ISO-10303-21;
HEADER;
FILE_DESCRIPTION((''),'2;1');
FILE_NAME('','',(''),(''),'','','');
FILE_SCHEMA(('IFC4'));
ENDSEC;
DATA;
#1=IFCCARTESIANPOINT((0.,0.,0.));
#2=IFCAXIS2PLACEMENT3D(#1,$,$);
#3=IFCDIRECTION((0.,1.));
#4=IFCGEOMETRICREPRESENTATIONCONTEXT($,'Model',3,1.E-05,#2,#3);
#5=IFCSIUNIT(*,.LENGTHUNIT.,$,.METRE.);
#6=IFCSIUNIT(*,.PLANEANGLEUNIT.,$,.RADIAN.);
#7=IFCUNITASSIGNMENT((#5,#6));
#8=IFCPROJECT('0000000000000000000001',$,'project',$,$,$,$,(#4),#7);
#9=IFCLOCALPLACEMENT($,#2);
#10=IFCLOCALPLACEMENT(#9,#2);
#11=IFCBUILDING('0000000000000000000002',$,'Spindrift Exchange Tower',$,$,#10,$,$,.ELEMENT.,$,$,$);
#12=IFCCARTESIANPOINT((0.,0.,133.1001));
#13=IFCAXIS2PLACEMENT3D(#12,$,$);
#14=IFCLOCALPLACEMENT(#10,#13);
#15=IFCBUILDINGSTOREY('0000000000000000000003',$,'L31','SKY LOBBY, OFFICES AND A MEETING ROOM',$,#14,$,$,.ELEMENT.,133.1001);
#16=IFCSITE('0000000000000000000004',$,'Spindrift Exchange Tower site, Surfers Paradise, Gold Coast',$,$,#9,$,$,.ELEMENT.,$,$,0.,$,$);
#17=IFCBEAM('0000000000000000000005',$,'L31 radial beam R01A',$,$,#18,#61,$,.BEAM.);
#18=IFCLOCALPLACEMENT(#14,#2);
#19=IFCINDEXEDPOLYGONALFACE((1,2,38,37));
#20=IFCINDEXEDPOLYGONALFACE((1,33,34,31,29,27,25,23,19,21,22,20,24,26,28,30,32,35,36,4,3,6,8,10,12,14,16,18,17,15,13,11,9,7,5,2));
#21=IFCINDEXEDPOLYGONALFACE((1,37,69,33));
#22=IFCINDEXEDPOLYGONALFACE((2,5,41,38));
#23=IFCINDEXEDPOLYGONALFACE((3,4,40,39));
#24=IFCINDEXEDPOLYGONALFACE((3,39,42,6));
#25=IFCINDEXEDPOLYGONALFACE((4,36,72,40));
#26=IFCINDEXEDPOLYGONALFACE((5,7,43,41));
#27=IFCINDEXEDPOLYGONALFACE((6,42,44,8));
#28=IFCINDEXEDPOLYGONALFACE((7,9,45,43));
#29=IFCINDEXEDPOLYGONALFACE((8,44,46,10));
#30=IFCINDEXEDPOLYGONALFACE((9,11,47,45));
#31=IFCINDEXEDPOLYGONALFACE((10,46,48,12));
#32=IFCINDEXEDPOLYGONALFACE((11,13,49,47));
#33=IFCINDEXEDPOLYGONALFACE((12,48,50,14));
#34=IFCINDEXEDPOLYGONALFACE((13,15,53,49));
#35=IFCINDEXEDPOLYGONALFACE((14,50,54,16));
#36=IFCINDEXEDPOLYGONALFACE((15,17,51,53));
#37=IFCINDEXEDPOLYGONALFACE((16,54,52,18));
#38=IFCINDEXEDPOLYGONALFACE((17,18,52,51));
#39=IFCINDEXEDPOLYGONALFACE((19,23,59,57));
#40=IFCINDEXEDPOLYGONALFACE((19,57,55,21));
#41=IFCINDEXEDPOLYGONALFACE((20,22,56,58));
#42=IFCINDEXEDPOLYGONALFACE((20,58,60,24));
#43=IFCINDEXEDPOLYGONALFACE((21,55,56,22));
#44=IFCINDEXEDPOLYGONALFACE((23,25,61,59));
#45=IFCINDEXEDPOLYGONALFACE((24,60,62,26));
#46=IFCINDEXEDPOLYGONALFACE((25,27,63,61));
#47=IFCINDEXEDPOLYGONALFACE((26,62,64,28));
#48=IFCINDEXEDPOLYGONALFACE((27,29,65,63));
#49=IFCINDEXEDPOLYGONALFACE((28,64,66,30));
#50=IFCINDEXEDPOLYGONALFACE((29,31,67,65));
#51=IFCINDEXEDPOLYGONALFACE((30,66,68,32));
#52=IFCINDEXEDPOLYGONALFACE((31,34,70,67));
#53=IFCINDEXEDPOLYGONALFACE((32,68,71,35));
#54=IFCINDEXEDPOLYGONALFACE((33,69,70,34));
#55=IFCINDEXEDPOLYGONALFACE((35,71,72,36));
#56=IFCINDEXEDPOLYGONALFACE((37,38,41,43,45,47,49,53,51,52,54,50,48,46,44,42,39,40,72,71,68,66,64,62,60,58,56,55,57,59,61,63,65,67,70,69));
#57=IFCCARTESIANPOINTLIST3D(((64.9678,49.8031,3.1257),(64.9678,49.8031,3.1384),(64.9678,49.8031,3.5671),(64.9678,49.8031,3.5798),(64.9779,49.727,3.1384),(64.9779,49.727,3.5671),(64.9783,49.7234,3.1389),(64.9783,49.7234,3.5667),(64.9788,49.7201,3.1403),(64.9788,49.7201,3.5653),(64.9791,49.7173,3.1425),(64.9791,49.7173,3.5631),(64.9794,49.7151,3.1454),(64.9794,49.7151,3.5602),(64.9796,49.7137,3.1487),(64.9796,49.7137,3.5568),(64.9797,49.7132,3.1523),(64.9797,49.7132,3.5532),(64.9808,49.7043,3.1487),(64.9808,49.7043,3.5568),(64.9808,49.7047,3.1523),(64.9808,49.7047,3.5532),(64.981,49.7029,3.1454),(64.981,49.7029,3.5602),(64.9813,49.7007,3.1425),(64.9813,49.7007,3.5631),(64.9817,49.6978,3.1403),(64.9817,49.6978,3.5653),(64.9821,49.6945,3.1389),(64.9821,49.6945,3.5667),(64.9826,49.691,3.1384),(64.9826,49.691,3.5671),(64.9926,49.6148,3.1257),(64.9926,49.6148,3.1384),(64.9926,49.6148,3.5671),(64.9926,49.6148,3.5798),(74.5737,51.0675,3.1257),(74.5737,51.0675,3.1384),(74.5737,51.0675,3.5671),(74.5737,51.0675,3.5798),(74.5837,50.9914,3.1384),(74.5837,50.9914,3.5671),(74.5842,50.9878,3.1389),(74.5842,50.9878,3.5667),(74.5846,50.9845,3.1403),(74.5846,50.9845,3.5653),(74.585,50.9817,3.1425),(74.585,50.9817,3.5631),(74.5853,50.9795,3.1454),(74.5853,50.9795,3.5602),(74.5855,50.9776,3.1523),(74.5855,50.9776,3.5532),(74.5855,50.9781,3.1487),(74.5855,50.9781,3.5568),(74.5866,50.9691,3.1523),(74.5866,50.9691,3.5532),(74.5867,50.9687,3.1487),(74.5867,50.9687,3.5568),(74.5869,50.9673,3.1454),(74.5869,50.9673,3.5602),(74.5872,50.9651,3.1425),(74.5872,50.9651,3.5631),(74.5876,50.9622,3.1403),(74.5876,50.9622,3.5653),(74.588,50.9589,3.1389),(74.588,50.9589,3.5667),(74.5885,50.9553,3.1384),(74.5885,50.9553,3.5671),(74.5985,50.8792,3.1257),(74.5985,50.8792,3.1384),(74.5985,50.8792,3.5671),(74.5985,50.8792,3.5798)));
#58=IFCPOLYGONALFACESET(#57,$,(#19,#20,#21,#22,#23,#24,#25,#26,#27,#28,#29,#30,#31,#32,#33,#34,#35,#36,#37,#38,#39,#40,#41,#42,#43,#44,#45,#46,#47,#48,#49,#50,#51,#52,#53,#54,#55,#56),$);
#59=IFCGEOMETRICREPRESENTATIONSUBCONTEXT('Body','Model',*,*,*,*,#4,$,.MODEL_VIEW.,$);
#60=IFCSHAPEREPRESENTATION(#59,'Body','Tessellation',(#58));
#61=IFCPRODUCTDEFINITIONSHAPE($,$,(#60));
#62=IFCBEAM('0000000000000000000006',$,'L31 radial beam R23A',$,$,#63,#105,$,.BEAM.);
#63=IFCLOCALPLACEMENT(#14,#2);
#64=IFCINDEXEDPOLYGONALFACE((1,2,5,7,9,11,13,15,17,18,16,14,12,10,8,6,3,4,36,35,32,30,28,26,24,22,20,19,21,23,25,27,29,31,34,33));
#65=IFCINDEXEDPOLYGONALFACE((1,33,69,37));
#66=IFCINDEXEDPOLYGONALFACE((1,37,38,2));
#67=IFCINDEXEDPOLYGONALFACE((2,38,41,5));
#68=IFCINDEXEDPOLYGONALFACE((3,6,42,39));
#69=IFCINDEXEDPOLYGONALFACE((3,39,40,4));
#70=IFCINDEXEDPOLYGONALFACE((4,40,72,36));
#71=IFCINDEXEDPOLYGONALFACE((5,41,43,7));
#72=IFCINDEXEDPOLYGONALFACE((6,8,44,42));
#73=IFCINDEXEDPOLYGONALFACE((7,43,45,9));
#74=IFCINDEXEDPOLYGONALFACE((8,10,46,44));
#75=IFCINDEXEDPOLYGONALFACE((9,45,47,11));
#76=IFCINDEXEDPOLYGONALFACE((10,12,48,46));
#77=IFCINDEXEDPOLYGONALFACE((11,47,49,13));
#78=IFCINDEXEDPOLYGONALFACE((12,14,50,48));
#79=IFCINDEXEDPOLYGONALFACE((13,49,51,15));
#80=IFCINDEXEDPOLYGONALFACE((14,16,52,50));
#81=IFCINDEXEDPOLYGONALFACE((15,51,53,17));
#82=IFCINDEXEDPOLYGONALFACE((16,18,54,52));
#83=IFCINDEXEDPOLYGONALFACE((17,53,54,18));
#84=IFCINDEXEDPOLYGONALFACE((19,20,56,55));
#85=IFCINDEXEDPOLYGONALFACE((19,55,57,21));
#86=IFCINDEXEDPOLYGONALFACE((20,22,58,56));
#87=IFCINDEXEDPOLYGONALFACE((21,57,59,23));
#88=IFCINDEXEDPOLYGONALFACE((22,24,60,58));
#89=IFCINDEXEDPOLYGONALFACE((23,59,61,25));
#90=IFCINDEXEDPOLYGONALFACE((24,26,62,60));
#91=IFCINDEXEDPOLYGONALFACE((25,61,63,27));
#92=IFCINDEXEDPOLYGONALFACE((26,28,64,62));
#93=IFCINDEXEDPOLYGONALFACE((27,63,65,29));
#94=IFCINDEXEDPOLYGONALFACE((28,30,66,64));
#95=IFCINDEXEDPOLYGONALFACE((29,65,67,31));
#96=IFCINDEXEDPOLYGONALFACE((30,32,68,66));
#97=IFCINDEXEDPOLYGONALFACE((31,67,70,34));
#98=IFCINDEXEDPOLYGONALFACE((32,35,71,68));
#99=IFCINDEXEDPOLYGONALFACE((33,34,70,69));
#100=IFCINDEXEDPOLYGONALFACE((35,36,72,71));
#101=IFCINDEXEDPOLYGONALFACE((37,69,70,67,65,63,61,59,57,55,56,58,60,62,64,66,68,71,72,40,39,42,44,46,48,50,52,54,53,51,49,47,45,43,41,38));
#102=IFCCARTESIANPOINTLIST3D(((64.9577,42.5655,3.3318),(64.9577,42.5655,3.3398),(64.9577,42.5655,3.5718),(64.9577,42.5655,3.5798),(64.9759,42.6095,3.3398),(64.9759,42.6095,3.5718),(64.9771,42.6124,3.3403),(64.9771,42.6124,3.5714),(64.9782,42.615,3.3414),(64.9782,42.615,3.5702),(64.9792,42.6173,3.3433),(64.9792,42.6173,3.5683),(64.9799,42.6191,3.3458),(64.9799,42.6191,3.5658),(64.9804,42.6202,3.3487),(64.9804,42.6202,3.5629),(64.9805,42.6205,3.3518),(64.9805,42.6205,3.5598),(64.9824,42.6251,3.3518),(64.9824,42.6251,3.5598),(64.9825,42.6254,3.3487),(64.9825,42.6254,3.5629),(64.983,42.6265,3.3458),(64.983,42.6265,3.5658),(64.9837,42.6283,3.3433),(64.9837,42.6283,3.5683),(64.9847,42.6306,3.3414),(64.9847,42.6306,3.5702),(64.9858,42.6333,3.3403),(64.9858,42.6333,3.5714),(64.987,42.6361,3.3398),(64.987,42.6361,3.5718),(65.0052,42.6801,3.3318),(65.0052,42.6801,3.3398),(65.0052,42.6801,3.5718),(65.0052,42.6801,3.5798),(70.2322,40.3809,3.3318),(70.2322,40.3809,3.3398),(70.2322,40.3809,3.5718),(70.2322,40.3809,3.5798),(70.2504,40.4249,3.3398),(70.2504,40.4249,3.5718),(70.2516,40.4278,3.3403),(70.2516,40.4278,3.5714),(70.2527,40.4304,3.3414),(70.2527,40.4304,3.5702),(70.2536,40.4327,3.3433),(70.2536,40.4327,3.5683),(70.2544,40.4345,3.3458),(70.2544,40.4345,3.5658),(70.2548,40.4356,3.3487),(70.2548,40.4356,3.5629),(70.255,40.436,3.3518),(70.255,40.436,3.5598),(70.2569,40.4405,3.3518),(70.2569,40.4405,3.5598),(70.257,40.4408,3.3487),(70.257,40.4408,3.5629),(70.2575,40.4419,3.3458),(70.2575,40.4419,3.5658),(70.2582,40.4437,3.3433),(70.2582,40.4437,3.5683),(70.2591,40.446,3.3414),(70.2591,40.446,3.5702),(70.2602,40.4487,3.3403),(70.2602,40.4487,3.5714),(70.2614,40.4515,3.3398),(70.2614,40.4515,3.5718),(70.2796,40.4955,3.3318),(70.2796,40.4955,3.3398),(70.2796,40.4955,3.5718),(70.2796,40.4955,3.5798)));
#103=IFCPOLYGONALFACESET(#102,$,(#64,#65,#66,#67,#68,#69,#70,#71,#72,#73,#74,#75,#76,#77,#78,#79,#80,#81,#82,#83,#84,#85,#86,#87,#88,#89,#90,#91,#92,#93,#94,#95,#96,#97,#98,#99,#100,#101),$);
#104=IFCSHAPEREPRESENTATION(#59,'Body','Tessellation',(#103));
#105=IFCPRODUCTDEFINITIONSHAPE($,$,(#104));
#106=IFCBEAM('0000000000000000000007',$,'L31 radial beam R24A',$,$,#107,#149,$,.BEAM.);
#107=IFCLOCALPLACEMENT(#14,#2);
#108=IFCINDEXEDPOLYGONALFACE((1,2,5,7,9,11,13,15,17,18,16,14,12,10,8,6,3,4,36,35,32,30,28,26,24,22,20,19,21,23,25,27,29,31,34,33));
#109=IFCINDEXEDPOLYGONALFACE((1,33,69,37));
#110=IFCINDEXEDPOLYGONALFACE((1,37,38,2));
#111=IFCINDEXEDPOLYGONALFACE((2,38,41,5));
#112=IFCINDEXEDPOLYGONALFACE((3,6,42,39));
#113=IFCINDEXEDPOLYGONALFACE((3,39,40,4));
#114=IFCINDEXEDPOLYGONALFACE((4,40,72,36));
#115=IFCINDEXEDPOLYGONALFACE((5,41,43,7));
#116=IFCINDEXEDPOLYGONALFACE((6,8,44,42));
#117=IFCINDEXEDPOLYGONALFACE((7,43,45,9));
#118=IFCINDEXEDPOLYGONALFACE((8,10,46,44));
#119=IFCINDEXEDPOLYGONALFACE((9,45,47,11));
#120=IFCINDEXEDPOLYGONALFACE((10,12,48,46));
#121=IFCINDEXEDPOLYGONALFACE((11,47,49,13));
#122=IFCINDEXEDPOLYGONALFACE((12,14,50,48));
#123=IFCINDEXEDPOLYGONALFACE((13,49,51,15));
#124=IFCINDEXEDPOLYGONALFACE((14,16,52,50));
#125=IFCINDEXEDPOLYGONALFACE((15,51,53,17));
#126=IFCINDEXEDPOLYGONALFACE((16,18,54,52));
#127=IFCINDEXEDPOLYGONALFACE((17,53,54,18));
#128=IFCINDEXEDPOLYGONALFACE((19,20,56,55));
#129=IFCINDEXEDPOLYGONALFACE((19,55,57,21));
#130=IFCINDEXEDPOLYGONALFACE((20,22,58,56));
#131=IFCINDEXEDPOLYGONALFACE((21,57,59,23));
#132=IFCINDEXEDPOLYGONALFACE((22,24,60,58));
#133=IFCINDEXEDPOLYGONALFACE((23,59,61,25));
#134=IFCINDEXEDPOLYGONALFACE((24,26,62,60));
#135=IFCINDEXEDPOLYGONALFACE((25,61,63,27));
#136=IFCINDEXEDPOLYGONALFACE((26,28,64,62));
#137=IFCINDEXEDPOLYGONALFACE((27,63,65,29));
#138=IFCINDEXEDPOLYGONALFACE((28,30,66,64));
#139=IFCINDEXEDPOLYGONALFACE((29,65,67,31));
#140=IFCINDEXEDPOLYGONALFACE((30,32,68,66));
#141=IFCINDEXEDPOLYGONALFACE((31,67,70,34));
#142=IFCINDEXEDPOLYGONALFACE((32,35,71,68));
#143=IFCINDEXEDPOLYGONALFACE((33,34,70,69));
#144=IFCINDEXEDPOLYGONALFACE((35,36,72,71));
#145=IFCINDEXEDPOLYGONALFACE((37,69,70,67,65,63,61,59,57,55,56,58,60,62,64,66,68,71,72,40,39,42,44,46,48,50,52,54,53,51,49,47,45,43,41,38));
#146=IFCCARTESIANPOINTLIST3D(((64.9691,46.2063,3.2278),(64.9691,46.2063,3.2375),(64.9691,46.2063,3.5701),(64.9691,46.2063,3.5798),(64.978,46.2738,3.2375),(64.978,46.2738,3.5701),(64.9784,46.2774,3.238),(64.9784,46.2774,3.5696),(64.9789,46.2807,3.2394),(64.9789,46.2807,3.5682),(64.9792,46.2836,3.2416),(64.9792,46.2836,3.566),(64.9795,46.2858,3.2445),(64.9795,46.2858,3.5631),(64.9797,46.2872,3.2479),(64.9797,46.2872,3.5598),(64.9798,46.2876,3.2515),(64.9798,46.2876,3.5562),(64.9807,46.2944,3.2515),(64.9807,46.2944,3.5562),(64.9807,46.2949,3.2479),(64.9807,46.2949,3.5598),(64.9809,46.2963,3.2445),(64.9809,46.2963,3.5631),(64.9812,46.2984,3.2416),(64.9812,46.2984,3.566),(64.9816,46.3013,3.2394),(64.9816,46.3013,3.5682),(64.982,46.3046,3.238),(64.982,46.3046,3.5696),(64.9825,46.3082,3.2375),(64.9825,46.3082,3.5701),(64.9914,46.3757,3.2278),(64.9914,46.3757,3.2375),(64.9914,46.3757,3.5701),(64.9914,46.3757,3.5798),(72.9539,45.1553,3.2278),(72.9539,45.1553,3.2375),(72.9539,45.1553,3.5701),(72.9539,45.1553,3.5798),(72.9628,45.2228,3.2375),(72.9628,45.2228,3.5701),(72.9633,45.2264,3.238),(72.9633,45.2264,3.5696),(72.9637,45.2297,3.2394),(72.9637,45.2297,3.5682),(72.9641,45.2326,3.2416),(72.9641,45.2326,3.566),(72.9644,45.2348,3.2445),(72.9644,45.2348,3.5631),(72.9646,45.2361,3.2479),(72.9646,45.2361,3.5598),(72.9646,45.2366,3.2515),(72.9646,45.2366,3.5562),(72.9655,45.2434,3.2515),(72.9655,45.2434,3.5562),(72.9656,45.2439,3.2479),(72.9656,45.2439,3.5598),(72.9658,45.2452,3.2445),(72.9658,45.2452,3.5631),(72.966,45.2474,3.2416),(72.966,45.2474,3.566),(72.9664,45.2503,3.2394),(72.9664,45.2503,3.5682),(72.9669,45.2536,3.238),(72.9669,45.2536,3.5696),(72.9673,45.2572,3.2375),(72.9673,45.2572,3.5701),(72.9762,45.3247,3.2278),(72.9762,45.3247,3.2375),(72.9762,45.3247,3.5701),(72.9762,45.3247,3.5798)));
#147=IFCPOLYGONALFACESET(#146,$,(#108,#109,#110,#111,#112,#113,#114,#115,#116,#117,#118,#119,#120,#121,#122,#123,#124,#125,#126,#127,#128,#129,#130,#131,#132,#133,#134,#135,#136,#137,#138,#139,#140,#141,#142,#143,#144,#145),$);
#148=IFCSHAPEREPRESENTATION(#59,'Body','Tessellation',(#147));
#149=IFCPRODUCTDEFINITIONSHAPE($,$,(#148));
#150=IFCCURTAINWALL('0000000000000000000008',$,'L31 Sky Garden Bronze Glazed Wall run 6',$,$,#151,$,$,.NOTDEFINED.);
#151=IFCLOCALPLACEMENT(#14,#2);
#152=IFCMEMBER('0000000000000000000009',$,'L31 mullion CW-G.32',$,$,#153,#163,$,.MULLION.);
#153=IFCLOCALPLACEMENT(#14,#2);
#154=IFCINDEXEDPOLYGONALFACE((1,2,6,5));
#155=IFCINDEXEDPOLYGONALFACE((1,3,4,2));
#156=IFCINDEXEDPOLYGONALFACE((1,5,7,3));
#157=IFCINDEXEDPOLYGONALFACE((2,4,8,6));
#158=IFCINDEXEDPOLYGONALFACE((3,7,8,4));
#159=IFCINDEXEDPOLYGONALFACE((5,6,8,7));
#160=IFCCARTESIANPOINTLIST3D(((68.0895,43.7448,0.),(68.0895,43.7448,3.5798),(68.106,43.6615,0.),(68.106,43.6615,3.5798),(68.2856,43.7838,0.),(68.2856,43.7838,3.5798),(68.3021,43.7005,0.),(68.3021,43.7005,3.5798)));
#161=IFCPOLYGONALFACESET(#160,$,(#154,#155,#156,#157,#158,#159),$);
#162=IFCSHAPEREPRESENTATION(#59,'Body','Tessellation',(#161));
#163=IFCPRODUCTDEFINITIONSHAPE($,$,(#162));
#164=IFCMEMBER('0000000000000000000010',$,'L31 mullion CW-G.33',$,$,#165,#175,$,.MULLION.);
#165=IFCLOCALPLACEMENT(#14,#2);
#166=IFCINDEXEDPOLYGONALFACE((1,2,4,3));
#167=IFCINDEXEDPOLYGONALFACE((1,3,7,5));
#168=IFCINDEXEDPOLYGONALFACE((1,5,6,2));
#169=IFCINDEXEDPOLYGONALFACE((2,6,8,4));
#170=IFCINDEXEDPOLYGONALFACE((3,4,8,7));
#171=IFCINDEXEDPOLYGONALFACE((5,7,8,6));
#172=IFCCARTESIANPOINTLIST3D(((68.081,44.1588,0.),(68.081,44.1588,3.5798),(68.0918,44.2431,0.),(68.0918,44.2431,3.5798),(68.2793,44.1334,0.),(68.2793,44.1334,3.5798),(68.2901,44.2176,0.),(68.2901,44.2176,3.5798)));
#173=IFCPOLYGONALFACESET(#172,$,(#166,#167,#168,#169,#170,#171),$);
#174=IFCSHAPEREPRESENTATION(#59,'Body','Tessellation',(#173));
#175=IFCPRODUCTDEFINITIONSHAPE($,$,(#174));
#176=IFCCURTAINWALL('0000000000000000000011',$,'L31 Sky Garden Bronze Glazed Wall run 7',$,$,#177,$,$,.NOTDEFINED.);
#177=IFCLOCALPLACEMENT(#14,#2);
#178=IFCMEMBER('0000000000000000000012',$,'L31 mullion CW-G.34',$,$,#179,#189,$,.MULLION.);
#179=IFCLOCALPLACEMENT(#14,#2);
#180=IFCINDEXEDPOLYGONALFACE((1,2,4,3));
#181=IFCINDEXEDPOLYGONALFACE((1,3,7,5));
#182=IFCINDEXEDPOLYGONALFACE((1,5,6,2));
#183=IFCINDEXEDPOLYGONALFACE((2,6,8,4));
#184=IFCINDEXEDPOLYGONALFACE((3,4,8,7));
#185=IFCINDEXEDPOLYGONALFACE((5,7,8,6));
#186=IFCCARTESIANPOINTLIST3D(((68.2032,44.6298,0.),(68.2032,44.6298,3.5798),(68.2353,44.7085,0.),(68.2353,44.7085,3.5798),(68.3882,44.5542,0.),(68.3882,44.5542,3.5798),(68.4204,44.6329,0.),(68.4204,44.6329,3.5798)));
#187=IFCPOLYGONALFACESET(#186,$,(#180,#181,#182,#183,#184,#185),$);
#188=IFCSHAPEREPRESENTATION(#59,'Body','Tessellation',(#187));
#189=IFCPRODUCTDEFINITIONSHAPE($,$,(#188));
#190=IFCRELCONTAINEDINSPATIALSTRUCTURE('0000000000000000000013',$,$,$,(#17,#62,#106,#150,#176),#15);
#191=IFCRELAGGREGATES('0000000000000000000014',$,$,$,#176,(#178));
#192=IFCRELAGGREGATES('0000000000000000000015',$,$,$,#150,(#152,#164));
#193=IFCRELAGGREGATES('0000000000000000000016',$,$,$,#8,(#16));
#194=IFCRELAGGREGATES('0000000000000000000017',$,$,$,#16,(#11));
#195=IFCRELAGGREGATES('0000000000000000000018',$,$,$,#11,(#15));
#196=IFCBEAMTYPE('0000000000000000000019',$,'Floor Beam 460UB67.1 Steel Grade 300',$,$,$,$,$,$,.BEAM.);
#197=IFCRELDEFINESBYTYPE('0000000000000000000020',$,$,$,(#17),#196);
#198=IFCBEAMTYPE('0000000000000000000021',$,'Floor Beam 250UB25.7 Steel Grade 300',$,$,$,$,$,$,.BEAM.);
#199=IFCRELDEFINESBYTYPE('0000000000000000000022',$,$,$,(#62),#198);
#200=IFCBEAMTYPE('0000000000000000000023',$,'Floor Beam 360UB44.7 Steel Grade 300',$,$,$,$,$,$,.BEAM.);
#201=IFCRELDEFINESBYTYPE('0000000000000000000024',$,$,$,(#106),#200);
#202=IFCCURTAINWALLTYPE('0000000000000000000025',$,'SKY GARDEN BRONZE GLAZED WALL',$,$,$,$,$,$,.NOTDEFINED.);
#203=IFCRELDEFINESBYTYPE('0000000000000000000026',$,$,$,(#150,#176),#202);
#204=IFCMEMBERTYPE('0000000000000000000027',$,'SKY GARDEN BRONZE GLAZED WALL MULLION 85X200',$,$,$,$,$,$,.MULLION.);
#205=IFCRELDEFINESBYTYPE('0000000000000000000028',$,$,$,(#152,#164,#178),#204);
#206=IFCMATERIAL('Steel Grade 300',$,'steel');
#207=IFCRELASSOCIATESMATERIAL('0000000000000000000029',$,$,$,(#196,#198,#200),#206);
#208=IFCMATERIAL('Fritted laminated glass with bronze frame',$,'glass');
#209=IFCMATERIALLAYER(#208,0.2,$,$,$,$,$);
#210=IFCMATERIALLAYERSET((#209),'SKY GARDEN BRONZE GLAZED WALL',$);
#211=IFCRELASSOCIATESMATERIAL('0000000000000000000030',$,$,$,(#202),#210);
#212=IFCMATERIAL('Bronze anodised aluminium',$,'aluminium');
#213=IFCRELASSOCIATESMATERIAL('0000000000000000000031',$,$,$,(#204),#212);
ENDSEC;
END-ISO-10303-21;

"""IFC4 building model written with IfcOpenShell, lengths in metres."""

from ifc_helpers import new_model, si_unit, direction, frame, origin, origin_2d, place, context, subcontext, project, spatial, rectangle, i_section, extrude, source, transform, mapped, material, layer, layer_set, material_profile, profile_set, type_object, element, aggregate, save


model = new_model("IFC4")

# Units and contexts
model_context = context("Model", 3, precision=1e-05, world=origin(), true_north=direction((0.0, 1.0)))
body_context = subcontext(model_context, "Body", "Model", "MODEL_VIEW")
ifc_project = project(units=[si_unit("LENGTHUNIT", "METRE"), si_unit("PLANEANGLEUNIT", "RADIAN")], contexts=[model_context])

# Site, building, storey
site_placement = place(None, origin())
site = spatial("IfcSite", under=ifc_project, at=site_placement, Name="Spindrift Exchange Tower site, Surfers Paradise, Gold Coast", CompositionType="ELEMENT", RefElevation=0.0)
building_placement = place(site_placement, origin())
building = spatial("IfcBuilding", under=site, at=building_placement, Name="Spindrift Exchange Tower", CompositionType="ELEMENT")
storey_placement = place(building_placement, frame((0.0, 0.0, 133.1001)))
storey = spatial("IfcBuildingStorey", under=building, at=storey_placement, Name="L31", Description="SKY LOBBY, OFFICES AND A MEETING ROOM", CompositionType="ELEMENT", Elevation=133.1001)

# Beams
ifc_material_1 = material(Name="Steel Grade 300", Category="steel")
ifc_material_profile_1 = material_profile(ifc_material_1, i_section(OverallWidth=0.1899, OverallDepth=0.4541, WebThickness=0.0085, FlangeThickness=0.0127, FilletRadius=0.0139, at=origin_2d()), Name="460UB67.1")
ifc_profile_set_1 = profile_set([ifc_material_profile_1], Name="Steel Grade 300")
beam_type_1 = type_object("IfcBeamType", Name="Floor Beam 460UB67.1 Steel Grade 300", PredefinedType="BEAM", material=ifc_profile_set_1)
shared_shape_1 = source(origin(), body_context, "Body", "SweptSolid", [
    extrude(i_section(OverallWidth=0.1899, OverallDepth=0.4541, WebThickness=0.0085, FlangeThickness=0.0127, FilletRadius=0.0139, at=origin_2d()), origin(), (0.0, 0.0, 1.0), 9.6887),
])
beam_1_placement = place(storey_placement, frame((64.9802, 49.709, 3.3528), z_axis=(0.991448, 0.130501, 0.0), x_axis=(-0.130501, 0.991448, 0.0)))
element("IfcBeam", 1, at=beam_1_placement, inside=storey, type_object=beam_type_1, Name="L31 radial beam R01A", PredefinedType="BEAM", context=body_context, shape_type="MappedRepresentation", body=[
    mapped(shared_shape_1, transform((0.0, 0.0, 0.0), scale=1.0)),
])
ifc_material_profile_2 = material_profile(ifc_material_1, i_section(OverallWidth=0.124, OverallDepth=0.248, WebThickness=0.0049, FlangeThickness=0.0081, FilletRadius=0.012, at=origin_2d()), Name="250UB25.7")
ifc_profile_set_2 = profile_set([ifc_material_profile_2], Name="Steel Grade 300")
beam_type_2 = type_object("IfcBeamType", Name="Floor Beam 250UB25.7 Steel Grade 300", PredefinedType="BEAM", material=ifc_profile_set_2)
shared_shape_2 = source(origin(), body_context, "Body", "SweptSolid", [
    extrude(i_section(OverallWidth=0.124, OverallDepth=0.248, WebThickness=0.0049, FlangeThickness=0.0081, FilletRadius=0.012, at=origin_2d()), origin(), (0.0, 0.0, 1.0), 5.709),
])
beam_2_placement = place(storey_placement, frame((64.9814, 42.6228, 3.4558), z_axis=(0.92389, -0.382659, 0.0), x_axis=(0.382659, 0.92389, 0.0)))
element("IfcBeam", 2, at=beam_2_placement, inside=storey, type_object=beam_type_2, Name="L31 radial beam R23A", PredefinedType="BEAM", context=body_context, shape_type="MappedRepresentation", body=[
    mapped(shared_shape_2, transform((0.0, 0.0, 0.0), scale=1.0)),
])
ifc_material_profile_3 = material_profile(ifc_material_1, i_section(OverallWidth=0.1709, OverallDepth=0.3521, WebThickness=0.0068, FlangeThickness=0.0098, FilletRadius=0.0139, at=origin_2d()), Name="360UB44.7")
ifc_profile_set_3 = profile_set([ifc_material_profile_3], Name="Steel Grade 300")
beam_type_3 = type_object("IfcBeamType", Name="Floor Beam 360UB44.7 Steel Grade 300", PredefinedType="BEAM", material=ifc_profile_set_3)
shared_shape_3 = source(origin(), body_context, "Body", "SweptSolid", [
    extrude(i_section(OverallWidth=0.1709, OverallDepth=0.3521, WebThickness=0.0068, FlangeThickness=0.0098, FilletRadius=0.0139, at=origin_2d()), origin(), (0.0, 0.0, 1.0), 8.0537),
])
beam_3_placement = place(storey_placement, frame((64.9802, 46.291, 3.4038), z_axis=(0.991448, -0.130502, 0.0), x_axis=(0.130502, 0.991448, 0.0)))
element("IfcBeam", 3, at=beam_3_placement, inside=storey, type_object=beam_type_3, Name="L31 radial beam R24A", PredefinedType="BEAM", context=body_context, shape_type="MappedRepresentation", body=[
    mapped(shared_shape_3, transform((0.0, 0.0, 0.0), scale=1.0)),
])

# Curtain wall, members
ifc_material_2 = material(Name="Fritted laminated glass with bronze frame", Category="glass")
ifc_layer_1 = layer(ifc_material_2, 0.2)
ifc_layer_set_1 = layer_set([ifc_layer_1], Name="SKY GARDEN BRONZE GLAZED WALL")
curtain_wall_type = type_object("IfcCurtainWallType", Name="SKY GARDEN BRONZE GLAZED WALL", PredefinedType="NOTDEFINED", material=ifc_layer_set_1)
curtain_wall_1_placement = place(storey_placement, origin())
curtain_wall_1 = element("IfcCurtainWall", 4, at=curtain_wall_1_placement, inside=storey, type_object=curtain_wall_type, Name="L31 Sky Garden Bronze Glazed Wall run 6", PredefinedType="NOTDEFINED")
ifc_material_3 = material(Name="Bronze anodised aluminium", Category="aluminium")
ifc_material_profile_4 = material_profile(ifc_material_3, rectangle(XDim=0.085, YDim=0.2, at=origin_2d()), Name="SKY GARDEN BRONZE GLAZED WALL MULLION 85X200")
ifc_profile_set_4 = profile_set([ifc_material_profile_4], Name="Bronze anodised aluminium")
member_type_1 = type_object("IfcMemberType", Name="SKY GARDEN BRONZE GLAZED WALL MULLION 85X200", PredefinedType="MULLION", material=ifc_profile_set_4)
shared_shape_4 = source(origin(), body_context, "Body", "SweptSolid", [
    extrude(rectangle(XDim=0.085, YDim=0.2, at=origin_2d()), origin(), (0.0, 0.0, 1.0), 3.5798),
])
member_1_placement = place(storey_placement, frame((68.1958, 43.7227, 0.0), z_axis=(0.0, 0.0, 1.0), x_axis=(-0.195013, 0.980801, 0.0)))
member_1 = element("IfcMember", 5, at=member_1_placement, type_object=member_type_1, Name="L31 mullion CW-G.32", PredefinedType="MULLION", context=body_context, shape_type="MappedRepresentation", body=[
    mapped(shared_shape_4, transform((0.0, 0.0, 0.0), scale=1.0)),
])
member_2_placement = place(storey_placement, frame((68.1855, 44.1882, 0.0), z_axis=(0.0, 0.0, 1.0), x_axis=(0.12743, 0.991848, 0.0)))
member_2 = element("IfcMember", 6, at=member_2_placement, type_object=member_type_1, Name="L31 mullion CW-G.33", PredefinedType="MULLION", context=body_context, shape_type="MappedRepresentation", body=[
    mapped(shared_shape_4, transform((0.0, 0.0, 0.0), scale=1.0)),
])

# Curtain wall, member
curtain_wall_2_placement = place(storey_placement, origin())
curtain_wall_2 = element("IfcCurtainWall", 7, at=curtain_wall_2_placement, inside=storey, type_object=curtain_wall_type, Name="L31 Sky Garden Bronze Glazed Wall run 7", PredefinedType="NOTDEFINED")
member_3_placement = place(storey_placement, frame((68.3118, 44.6313, 0.0), z_axis=(0.0, 0.0, 1.0), x_axis=(0.378236, 0.925709, 0.0)))
member_3 = element("IfcMember", 8, at=member_3_placement, type_object=member_type_1, Name="L31 mullion CW-G.34", PredefinedType="MULLION", context=body_context, shape_type="MappedRepresentation", body=[
    mapped(shared_shape_4, transform((0.0, 0.0, 0.0), scale=1.0)),
])

aggregate(curtain_wall_2, [member_3])

aggregate(curtain_wall_1, [member_1, member_2])

save(model, "model.ifc")
